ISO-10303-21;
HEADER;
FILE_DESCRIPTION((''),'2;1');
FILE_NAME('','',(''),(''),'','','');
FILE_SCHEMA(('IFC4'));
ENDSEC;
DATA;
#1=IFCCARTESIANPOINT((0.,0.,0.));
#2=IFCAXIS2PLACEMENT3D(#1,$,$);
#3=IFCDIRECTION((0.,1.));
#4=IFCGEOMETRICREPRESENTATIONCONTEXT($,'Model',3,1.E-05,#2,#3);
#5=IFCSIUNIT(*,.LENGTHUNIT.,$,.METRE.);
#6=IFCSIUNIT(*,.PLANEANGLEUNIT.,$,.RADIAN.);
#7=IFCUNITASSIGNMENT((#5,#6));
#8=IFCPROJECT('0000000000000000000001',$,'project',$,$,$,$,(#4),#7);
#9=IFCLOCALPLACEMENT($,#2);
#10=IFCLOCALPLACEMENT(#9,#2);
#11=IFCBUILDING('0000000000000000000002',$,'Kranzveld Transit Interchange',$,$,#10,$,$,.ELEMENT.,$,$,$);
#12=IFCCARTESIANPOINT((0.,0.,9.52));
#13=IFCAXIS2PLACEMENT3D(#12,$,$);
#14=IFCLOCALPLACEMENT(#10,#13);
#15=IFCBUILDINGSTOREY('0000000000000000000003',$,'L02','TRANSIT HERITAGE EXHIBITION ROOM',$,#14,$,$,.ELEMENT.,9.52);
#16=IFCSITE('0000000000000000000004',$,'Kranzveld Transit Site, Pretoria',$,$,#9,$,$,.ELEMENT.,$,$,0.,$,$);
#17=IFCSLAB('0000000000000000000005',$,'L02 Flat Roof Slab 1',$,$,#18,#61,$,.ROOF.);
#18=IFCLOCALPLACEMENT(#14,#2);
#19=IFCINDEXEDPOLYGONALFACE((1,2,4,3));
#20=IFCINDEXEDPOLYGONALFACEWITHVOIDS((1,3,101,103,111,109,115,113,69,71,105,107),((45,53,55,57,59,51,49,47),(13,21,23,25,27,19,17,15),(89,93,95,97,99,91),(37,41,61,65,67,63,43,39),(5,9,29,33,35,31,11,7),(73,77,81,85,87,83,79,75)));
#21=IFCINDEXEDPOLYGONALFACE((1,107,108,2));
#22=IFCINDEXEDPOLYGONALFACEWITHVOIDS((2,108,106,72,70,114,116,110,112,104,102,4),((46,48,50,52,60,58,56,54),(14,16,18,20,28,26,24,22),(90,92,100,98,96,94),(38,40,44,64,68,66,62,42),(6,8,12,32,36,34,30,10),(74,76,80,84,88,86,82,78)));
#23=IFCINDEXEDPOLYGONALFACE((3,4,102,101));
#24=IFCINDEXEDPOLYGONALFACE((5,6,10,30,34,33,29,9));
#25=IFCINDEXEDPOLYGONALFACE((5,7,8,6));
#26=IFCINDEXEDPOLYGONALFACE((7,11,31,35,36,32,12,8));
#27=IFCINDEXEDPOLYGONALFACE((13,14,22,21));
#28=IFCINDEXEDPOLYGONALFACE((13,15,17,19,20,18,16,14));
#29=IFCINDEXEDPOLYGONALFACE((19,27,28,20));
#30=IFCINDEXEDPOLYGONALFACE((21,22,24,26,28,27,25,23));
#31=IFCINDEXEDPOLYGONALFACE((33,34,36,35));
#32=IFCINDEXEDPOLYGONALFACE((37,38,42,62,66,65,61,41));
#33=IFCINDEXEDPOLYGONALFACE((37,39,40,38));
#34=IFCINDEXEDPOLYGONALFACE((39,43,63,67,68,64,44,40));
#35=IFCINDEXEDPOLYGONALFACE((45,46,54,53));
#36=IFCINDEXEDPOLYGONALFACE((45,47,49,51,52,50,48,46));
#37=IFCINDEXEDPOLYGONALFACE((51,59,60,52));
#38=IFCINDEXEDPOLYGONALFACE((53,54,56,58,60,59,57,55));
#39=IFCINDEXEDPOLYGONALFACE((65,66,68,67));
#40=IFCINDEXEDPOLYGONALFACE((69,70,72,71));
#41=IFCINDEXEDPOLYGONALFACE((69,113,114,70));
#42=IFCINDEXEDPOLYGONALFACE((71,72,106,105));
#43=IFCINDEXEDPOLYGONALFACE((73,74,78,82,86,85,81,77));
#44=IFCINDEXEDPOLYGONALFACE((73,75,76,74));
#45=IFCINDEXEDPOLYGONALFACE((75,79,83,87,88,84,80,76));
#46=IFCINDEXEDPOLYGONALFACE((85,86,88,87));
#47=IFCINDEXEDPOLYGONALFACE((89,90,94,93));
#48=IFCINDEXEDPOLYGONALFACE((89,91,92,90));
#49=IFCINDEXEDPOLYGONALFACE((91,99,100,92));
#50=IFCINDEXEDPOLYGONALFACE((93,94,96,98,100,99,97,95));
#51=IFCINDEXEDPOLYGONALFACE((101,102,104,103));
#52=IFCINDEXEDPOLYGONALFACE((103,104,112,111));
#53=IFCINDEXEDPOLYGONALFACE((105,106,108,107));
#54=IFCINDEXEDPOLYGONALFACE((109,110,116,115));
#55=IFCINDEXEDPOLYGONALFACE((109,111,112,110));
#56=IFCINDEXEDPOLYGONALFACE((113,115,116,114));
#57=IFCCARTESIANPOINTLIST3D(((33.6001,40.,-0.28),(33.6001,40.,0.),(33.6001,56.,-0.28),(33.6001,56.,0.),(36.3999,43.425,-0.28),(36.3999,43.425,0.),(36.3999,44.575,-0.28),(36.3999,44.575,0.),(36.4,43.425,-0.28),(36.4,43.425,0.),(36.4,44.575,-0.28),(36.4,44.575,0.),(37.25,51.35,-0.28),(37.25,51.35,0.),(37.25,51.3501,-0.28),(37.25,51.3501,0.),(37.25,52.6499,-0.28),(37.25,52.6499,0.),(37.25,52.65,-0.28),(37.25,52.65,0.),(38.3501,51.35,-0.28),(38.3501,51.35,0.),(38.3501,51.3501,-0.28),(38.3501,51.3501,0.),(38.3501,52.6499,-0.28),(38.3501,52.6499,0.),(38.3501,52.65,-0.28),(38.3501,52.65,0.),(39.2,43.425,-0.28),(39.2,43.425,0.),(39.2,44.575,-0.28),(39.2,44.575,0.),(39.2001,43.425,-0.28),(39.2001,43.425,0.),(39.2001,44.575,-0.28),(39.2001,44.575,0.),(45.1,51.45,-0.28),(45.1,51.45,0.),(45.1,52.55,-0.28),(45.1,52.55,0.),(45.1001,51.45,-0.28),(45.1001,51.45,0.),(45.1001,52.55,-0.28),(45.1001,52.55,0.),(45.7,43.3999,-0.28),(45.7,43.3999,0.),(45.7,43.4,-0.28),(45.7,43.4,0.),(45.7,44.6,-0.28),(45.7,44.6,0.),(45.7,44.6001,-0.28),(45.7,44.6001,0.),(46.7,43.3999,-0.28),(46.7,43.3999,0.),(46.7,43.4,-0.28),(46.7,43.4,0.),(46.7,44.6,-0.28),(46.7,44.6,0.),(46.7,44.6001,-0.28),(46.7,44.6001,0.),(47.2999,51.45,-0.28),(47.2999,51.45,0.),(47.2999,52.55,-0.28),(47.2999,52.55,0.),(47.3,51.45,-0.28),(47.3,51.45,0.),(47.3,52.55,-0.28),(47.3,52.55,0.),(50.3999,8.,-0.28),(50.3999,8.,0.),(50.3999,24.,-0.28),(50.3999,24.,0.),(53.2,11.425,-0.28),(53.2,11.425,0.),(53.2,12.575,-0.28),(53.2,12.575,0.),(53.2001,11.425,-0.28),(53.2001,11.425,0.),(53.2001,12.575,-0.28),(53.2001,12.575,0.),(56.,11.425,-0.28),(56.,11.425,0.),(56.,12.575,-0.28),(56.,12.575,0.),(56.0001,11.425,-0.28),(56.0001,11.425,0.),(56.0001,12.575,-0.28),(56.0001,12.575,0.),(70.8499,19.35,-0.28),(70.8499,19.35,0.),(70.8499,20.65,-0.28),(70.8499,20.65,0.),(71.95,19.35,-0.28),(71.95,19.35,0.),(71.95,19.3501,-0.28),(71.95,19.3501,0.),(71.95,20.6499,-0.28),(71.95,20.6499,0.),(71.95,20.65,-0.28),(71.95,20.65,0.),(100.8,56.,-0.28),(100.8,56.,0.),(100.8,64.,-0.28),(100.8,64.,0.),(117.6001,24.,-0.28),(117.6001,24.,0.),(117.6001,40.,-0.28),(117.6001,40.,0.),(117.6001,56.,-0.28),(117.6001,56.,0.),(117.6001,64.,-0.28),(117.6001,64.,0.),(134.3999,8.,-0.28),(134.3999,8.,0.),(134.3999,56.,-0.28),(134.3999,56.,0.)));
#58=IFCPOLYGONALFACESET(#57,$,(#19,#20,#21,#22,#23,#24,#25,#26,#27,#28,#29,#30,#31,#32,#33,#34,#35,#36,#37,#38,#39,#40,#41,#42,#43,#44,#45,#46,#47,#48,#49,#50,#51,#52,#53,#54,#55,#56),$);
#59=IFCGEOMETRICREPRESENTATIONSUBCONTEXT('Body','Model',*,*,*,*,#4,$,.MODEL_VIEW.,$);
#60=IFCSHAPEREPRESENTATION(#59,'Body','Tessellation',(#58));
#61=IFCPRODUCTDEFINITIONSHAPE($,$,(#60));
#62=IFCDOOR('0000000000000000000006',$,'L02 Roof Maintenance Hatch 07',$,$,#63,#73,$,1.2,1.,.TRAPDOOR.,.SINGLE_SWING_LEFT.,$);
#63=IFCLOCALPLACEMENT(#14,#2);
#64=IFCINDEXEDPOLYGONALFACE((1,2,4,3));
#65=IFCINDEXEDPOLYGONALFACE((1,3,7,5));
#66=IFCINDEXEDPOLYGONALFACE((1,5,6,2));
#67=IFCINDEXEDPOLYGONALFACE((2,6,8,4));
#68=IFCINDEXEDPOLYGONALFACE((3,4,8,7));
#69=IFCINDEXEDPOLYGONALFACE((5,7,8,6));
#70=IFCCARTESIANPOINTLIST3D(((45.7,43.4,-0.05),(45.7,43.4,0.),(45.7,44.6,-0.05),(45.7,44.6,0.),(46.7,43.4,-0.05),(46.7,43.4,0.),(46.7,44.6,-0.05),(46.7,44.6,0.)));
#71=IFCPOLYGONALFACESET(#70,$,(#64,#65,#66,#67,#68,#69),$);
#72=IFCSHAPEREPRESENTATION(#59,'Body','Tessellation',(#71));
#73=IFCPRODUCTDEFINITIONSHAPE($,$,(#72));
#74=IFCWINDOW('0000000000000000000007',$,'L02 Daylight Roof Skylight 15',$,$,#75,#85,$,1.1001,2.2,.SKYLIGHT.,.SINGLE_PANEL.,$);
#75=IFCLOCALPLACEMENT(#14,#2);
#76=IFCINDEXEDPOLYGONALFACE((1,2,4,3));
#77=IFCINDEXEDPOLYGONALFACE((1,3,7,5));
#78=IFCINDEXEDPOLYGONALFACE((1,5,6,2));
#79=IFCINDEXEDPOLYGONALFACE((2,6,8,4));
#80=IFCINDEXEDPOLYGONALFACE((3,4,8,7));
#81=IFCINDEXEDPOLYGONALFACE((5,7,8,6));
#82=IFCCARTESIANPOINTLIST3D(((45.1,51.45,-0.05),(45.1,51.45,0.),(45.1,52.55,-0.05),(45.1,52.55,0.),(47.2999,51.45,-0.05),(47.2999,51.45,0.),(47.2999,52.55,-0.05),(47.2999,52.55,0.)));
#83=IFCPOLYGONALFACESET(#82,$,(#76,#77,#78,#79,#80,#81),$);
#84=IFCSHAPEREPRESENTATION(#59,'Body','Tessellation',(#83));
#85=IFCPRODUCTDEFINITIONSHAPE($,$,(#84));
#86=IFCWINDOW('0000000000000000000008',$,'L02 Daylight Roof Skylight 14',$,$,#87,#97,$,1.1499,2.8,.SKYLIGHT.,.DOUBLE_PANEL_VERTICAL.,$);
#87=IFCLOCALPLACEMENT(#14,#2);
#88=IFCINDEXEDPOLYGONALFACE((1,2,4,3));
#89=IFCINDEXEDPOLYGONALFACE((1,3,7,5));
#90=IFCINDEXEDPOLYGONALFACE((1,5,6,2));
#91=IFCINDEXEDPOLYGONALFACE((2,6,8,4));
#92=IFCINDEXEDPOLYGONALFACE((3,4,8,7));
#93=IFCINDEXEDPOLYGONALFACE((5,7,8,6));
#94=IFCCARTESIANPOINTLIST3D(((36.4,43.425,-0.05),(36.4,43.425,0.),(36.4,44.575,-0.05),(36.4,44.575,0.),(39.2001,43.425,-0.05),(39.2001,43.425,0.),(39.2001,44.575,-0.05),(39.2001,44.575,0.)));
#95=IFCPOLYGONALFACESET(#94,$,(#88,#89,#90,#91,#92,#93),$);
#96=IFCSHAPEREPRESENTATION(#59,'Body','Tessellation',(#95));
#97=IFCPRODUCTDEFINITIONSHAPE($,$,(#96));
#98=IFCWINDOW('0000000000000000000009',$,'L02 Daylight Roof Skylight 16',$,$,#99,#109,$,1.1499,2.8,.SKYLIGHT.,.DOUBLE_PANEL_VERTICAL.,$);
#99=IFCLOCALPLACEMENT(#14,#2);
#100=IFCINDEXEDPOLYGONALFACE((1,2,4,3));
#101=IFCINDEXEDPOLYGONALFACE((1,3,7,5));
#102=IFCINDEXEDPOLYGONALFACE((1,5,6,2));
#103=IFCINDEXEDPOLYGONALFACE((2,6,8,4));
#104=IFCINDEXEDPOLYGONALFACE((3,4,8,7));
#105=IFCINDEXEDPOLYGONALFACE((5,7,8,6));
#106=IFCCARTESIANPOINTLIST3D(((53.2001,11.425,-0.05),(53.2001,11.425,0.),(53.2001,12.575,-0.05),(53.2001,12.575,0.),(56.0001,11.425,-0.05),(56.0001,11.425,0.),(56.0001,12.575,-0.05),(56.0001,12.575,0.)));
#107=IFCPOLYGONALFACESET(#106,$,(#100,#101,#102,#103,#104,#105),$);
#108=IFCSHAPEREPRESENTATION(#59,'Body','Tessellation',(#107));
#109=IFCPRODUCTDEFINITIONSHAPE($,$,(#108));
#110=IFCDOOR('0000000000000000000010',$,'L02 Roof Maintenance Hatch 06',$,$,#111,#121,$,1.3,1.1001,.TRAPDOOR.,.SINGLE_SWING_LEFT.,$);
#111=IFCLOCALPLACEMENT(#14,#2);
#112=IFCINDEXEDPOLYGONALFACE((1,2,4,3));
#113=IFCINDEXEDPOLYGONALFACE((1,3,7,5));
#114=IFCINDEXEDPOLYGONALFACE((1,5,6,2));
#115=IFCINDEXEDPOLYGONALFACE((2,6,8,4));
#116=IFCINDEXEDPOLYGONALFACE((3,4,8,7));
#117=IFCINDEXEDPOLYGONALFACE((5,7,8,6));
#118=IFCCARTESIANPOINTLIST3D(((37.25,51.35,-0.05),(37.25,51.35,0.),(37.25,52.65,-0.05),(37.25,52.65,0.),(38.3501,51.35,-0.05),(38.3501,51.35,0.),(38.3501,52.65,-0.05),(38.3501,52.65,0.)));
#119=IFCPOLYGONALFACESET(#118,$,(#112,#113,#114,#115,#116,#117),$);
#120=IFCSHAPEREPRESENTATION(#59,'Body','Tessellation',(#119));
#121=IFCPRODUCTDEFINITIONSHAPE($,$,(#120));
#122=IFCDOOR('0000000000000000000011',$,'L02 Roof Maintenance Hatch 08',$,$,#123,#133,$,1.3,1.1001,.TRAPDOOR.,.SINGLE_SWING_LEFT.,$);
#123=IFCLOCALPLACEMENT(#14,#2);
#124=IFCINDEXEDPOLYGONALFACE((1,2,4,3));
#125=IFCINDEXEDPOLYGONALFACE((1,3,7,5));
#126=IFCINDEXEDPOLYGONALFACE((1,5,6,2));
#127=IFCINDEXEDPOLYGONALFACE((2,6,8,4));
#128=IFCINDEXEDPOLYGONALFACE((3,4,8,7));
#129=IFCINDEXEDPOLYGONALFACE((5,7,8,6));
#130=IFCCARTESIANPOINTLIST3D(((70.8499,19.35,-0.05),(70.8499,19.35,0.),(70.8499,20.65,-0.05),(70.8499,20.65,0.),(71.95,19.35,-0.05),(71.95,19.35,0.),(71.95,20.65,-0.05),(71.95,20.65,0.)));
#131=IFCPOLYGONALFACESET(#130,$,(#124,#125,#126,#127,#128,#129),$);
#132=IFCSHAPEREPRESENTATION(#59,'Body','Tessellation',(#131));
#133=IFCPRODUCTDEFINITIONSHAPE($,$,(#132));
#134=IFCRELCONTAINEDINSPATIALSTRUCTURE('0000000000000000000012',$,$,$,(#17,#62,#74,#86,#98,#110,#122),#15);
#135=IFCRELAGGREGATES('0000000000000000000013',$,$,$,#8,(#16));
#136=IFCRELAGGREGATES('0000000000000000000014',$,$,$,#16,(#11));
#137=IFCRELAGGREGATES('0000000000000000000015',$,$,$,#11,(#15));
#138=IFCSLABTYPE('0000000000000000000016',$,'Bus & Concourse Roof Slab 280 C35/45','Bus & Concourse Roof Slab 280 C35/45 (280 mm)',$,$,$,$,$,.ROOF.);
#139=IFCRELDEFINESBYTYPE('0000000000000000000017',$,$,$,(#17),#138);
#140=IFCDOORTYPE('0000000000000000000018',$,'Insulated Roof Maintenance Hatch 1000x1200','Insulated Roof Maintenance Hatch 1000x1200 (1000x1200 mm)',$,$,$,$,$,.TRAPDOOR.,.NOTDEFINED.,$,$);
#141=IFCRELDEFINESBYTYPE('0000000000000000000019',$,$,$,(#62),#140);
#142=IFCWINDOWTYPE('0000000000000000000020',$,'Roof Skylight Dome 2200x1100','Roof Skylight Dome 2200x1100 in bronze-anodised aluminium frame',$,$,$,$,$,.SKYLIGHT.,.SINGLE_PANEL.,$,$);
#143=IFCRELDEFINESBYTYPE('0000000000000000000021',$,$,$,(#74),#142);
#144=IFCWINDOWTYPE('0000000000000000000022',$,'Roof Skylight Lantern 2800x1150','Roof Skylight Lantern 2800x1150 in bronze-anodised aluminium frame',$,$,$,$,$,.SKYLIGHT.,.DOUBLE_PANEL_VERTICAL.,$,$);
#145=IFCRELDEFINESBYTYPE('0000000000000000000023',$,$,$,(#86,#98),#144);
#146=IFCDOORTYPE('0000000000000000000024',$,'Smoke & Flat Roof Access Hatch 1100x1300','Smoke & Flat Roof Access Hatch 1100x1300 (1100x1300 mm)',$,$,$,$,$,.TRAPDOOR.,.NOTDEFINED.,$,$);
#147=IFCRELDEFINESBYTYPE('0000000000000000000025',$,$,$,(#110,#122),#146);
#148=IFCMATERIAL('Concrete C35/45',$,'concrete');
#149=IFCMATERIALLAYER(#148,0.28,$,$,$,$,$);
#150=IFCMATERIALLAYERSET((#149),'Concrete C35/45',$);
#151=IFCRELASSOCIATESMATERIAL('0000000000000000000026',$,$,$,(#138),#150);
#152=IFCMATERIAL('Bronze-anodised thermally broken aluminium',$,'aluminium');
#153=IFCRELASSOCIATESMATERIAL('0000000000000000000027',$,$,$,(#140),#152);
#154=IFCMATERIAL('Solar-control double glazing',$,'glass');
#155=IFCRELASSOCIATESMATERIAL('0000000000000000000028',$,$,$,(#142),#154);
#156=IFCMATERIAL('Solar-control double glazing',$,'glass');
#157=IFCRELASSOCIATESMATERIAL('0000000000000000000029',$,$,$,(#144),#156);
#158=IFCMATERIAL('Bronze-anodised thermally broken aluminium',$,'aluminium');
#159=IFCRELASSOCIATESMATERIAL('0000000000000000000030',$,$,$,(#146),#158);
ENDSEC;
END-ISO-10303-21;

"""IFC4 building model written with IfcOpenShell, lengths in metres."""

from ifc_helpers import new_model, si_unit, direction, frame, origin, origin_2d, place, context, subcontext, project, spatial, polyline, rectangle, outline, extrude, material, layer, layer_set, type_object, element, fill, save


model = new_model("IFC4")

# Units and contexts
model_context = context("Model", 3, precision=1e-05, world=origin(), true_north=direction((0.0, 1.0)))
body_context = subcontext(model_context, "Body", "Model", "MODEL_VIEW")
ifc_project = project(units=[si_unit("LENGTHUNIT", "METRE"), si_unit("PLANEANGLEUNIT", "RADIAN")], contexts=[model_context])

# Site, building, storey
site_placement = place(None, origin())
site = spatial("IfcSite", under=ifc_project, at=site_placement, Name="Kranzveld Transit Site, Pretoria", CompositionType="ELEMENT", RefElevation=0.0)
building_placement = place(site_placement, origin())
building = spatial("IfcBuilding", under=site, at=building_placement, Name="Kranzveld Transit Interchange", CompositionType="ELEMENT")
storey_placement = place(building_placement, frame((0.0, 0.0, 9.52)))
storey = spatial("IfcBuildingStorey", under=building, at=storey_placement, Name="L02", Description="TRANSIT HERITAGE EXHIBITION ROOM", CompositionType="ELEMENT", Elevation=9.52)

# Slab, openings, doors, windows
ifc_material_1 = material(Name="Concrete C35/45", Category="concrete")
ifc_layer_1 = layer(ifc_material_1, 0.28)
ifc_layer_set_1 = layer_set([ifc_layer_1], Name="Concrete C35/45")
slab_type_1 = type_object("IfcSlabType", Name="Bus & Concourse Roof Slab 280 C35/45", Description="Bus & Concourse Roof Slab 280 C35/45 (280 mm)", PredefinedType="ROOF", material=ifc_layer_set_1)
slab_1_placement = place(storey_placement, frame((0.0, 0.0, -0.28)))
slab_1 = element("IfcSlab", 1, at=slab_1_placement, inside=storey, type_object=slab_type_1, Name="L02 Flat Roof Slab 1", PredefinedType="ROOF", context=body_context, shape_type="SweptSolid", body=[
    extrude(outline(polyline([(50.3999, 24.0), (75.6001, 24.0), (117.6001, 24.0), (117.6001, 40.0), (75.6001, 40.0), (50.3999, 40.0), (33.6001, 40.0), (33.6001, 48.0), (33.6001, 56.0), (58.8, 56.0), (100.8, 56.0), (100.8, 64.0), (117.6001, 64.0), (117.6001, 56.0), (134.3999, 56.0), (134.3999, 40.0), (134.3999, 8.0), (50.3999, 8.0), (50.3999, 16.0), (50.3999, 24.0)]), holes=[polyline([(36.3999, 43.425), (39.2, 43.425), (39.2, 44.575), (36.3999, 44.575), (36.3999, 43.425)]), polyline([(37.25, 51.3501), (38.3501, 51.3501), (38.3501, 52.6499), (37.25, 52.6499), (37.25, 51.3501)]), polyline([(45.7, 43.3999), (46.7, 43.3999), (46.7, 44.6001), (45.7, 44.6001), (45.7, 43.3999)]), polyline([(45.1001, 51.45), (47.3, 51.45), (47.3, 52.55), (45.1001, 52.55), (45.1001, 51.45)]), polyline([(53.2, 11.425), (56.0, 11.425), (56.0, 12.575), (53.2, 12.575), (53.2, 11.425)]), polyline([(70.8501, 19.3501), (71.95, 19.3501), (71.95, 20.6499), (70.8501, 20.6499), (70.8501, 19.3501)])]), origin(), (0.0, 0.0, 1.0), 0.28),
])
opening_1_placement = place(slab_1_placement, frame((37.8, 52.0, 0.0)))
opening_1 = element("IfcOpeningElement", 2, at=opening_1_placement, cuts=slab_1, PredefinedType="OPENING", context=body_context, shape_type="SweptSolid", body=[
    extrude(rectangle(XDim=1.1001, YDim=1.3, at=origin_2d()), frame((0.0, 0.0, -0.01)), (0.0, 0.0, 1.0), 0.3),
])
opening_2_placement = place(slab_1_placement, frame((46.2, 44.0, 0.0)))
opening_2 = element("IfcOpeningElement", 3, at=opening_2_placement, cuts=slab_1, PredefinedType="OPENING", context=body_context, shape_type="SweptSolid", body=[
    extrude(rectangle(XDim=1.0, YDim=1.2, at=origin_2d()), frame((0.0, 0.0, -0.01)), (0.0, 0.0, 1.0), 0.3),
])
opening_3_placement = place(slab_1_placement, frame((71.3999, 20.0, 0.0)))
opening_3 = element("IfcOpeningElement", 4, at=opening_3_placement, cuts=slab_1, PredefinedType="OPENING", context=body_context, shape_type="SweptSolid", body=[
    extrude(rectangle(XDim=1.1001, YDim=1.3, at=origin_2d()), frame((0.0, 0.0, -0.01)), (0.0, 0.0, 1.0), 0.3),
])
opening_4_placement = place(slab_1_placement, frame((37.8, 44.0, 0.0)))
opening_4 = element("IfcOpeningElement", 5, at=opening_4_placement, cuts=slab_1, PredefinedType="OPENING", context=body_context, shape_type="SweptSolid", body=[
    extrude(rectangle(XDim=2.8, YDim=1.1499, at=origin_2d()), frame((0.0, 0.0, -0.01)), (0.0, 0.0, 1.0), 0.3),
])
opening_5_placement = place(slab_1_placement, frame((46.2, 52.0, 0.0)))
opening_5 = element("IfcOpeningElement", 6, at=opening_5_placement, cuts=slab_1, PredefinedType="OPENING", context=body_context, shape_type="SweptSolid", body=[
    extrude(rectangle(XDim=2.2, YDim=1.1001, at=origin_2d()), frame((0.0, 0.0, -0.01)), (0.0, 0.0, 1.0), 0.3),
])
opening_6_placement = place(slab_1_placement, frame((54.6001, 12.0, 0.0)))
opening_6 = element("IfcOpeningElement", 7, at=opening_6_placement, cuts=slab_1, PredefinedType="OPENING", context=body_context, shape_type="SweptSolid", body=[
    extrude(rectangle(XDim=2.8, YDim=1.1499, at=origin_2d()), frame((0.0, 0.0, -0.01)), (0.0, 0.0, 1.0), 0.3),
])
ifc_material_2 = material(Name="Bronze-anodised thermally broken aluminium", Category="aluminium")
door_type_1 = type_object("IfcDoorType", Name="Insulated Roof Maintenance Hatch 1000x1200", Description="Insulated Roof Maintenance Hatch 1000x1200 (1000x1200 mm)", OperationType="NOTDEFINED", PredefinedType="TRAPDOOR", material=ifc_material_2)
door_1_placement = place(opening_2_placement, frame((0.0, 0.0, 0.23)))
door_1 = element("IfcDoor", 8, at=door_1_placement, inside=storey, type_object=door_type_1, Name="L02 Roof Maintenance Hatch 07", OperationType="SINGLE_SWING_LEFT", OverallHeight=1.2, OverallWidth=1.0, PredefinedType="TRAPDOOR", context=body_context, shape_type="SweptSolid", body=[
    extrude(rectangle(XDim=1.0, YDim=1.2, at=origin_2d()), origin(), (0.0, 0.0, 1.0), 0.05),
])
fill(opening_2, door_1)
ifc_material_3 = material(Name="Solar-control double glazing", Category="glass")
window_type_1 = type_object("IfcWindowType", Name="Roof Skylight Dome 2200x1100", Description="Roof Skylight Dome 2200x1100 in bronze-anodised aluminium frame", PartitioningType="SINGLE_PANEL", PredefinedType="SKYLIGHT", material=ifc_material_3)
window_1_placement = place(opening_5_placement, frame((0.0, 0.0, 0.23)))
window_1 = element("IfcWindow", 9, at=window_1_placement, inside=storey, type_object=window_type_1, Name="L02 Daylight Roof Skylight 15", OverallHeight=1.1001, OverallWidth=2.2, PartitioningType="SINGLE_PANEL", PredefinedType="SKYLIGHT", context=body_context, shape_type="SweptSolid", body=[
    extrude(rectangle(XDim=2.2, YDim=1.1001, at=origin_2d()), origin(), (0.0, 0.0, 1.0), 0.05),
])
fill(opening_5, window_1)
ifc_material_4 = material(Name="Solar-control double glazing", Category="glass")
window_type_2 = type_object("IfcWindowType", Name="Roof Skylight Lantern 2800x1150", Description="Roof Skylight Lantern 2800x1150 in bronze-anodised aluminium frame", PartitioningType="DOUBLE_PANEL_VERTICAL", PredefinedType="SKYLIGHT", material=ifc_material_4)
window_2_placement = place(opening_4_placement, frame((0.0, 0.0, 0.23)))
window_2 = element("IfcWindow", 10, at=window_2_placement, inside=storey, type_object=window_type_2, Name="L02 Daylight Roof Skylight 14", OverallHeight=1.1499, OverallWidth=2.8, PartitioningType="DOUBLE_PANEL_VERTICAL", PredefinedType="SKYLIGHT", context=body_context, shape_type="SweptSolid", body=[
    extrude(rectangle(XDim=2.8, YDim=1.1499, at=origin_2d()), origin(), (0.0, 0.0, 1.0), 0.05),
])
fill(opening_4, window_2)
window_3_placement = place(opening_6_placement, frame((0.0, 0.0, 0.23)))
window_3 = element("IfcWindow", 11, at=window_3_placement, inside=storey, type_object=window_type_2, Name="L02 Daylight Roof Skylight 16", OverallHeight=1.1499, OverallWidth=2.8, PartitioningType="DOUBLE_PANEL_VERTICAL", PredefinedType="SKYLIGHT", context=body_context, shape_type="SweptSolid", body=[
    extrude(rectangle(XDim=2.8, YDim=1.1499, at=origin_2d()), origin(), (0.0, 0.0, 1.0), 0.05),
])
fill(opening_6, window_3)
ifc_material_5 = material(Name="Bronze-anodised thermally broken aluminium", Category="aluminium")
door_type_2 = type_object("IfcDoorType", Name="Smoke & Flat Roof Access Hatch 1100x1300", Description="Smoke & Flat Roof Access Hatch 1100x1300 (1100x1300 mm)", OperationType="NOTDEFINED", PredefinedType="TRAPDOOR", material=ifc_material_5)
door_2_placement = place(opening_1_placement, frame((0.0, 0.0, 0.23)))
door_2 = element("IfcDoor", 12, at=door_2_placement, inside=storey, type_object=door_type_2, Name="L02 Roof Maintenance Hatch 06", OperationType="SINGLE_SWING_LEFT", OverallHeight=1.3, OverallWidth=1.1001, PredefinedType="TRAPDOOR", context=body_context, shape_type="SweptSolid", body=[
    extrude(rectangle(XDim=1.1001, YDim=1.3, at=origin_2d()), origin(), (0.0, 0.0, 1.0), 0.05),
])
fill(opening_1, door_2)
door_3_placement = place(opening_3_placement, frame((0.0, 0.0, 0.23)))
door_3 = element("IfcDoor", 13, at=door_3_placement, inside=storey, type_object=door_type_2, Name="L02 Roof Maintenance Hatch 08", OperationType="SINGLE_SWING_LEFT", OverallHeight=1.3, OverallWidth=1.1001, PredefinedType="TRAPDOOR", context=body_context, shape_type="SweptSolid", body=[
    extrude(rectangle(XDim=1.1001, YDim=1.3, at=origin_2d()), origin(), (0.0, 0.0, 1.0), 0.05),
])
fill(opening_3, door_3)

save(model, "model.ifc")
